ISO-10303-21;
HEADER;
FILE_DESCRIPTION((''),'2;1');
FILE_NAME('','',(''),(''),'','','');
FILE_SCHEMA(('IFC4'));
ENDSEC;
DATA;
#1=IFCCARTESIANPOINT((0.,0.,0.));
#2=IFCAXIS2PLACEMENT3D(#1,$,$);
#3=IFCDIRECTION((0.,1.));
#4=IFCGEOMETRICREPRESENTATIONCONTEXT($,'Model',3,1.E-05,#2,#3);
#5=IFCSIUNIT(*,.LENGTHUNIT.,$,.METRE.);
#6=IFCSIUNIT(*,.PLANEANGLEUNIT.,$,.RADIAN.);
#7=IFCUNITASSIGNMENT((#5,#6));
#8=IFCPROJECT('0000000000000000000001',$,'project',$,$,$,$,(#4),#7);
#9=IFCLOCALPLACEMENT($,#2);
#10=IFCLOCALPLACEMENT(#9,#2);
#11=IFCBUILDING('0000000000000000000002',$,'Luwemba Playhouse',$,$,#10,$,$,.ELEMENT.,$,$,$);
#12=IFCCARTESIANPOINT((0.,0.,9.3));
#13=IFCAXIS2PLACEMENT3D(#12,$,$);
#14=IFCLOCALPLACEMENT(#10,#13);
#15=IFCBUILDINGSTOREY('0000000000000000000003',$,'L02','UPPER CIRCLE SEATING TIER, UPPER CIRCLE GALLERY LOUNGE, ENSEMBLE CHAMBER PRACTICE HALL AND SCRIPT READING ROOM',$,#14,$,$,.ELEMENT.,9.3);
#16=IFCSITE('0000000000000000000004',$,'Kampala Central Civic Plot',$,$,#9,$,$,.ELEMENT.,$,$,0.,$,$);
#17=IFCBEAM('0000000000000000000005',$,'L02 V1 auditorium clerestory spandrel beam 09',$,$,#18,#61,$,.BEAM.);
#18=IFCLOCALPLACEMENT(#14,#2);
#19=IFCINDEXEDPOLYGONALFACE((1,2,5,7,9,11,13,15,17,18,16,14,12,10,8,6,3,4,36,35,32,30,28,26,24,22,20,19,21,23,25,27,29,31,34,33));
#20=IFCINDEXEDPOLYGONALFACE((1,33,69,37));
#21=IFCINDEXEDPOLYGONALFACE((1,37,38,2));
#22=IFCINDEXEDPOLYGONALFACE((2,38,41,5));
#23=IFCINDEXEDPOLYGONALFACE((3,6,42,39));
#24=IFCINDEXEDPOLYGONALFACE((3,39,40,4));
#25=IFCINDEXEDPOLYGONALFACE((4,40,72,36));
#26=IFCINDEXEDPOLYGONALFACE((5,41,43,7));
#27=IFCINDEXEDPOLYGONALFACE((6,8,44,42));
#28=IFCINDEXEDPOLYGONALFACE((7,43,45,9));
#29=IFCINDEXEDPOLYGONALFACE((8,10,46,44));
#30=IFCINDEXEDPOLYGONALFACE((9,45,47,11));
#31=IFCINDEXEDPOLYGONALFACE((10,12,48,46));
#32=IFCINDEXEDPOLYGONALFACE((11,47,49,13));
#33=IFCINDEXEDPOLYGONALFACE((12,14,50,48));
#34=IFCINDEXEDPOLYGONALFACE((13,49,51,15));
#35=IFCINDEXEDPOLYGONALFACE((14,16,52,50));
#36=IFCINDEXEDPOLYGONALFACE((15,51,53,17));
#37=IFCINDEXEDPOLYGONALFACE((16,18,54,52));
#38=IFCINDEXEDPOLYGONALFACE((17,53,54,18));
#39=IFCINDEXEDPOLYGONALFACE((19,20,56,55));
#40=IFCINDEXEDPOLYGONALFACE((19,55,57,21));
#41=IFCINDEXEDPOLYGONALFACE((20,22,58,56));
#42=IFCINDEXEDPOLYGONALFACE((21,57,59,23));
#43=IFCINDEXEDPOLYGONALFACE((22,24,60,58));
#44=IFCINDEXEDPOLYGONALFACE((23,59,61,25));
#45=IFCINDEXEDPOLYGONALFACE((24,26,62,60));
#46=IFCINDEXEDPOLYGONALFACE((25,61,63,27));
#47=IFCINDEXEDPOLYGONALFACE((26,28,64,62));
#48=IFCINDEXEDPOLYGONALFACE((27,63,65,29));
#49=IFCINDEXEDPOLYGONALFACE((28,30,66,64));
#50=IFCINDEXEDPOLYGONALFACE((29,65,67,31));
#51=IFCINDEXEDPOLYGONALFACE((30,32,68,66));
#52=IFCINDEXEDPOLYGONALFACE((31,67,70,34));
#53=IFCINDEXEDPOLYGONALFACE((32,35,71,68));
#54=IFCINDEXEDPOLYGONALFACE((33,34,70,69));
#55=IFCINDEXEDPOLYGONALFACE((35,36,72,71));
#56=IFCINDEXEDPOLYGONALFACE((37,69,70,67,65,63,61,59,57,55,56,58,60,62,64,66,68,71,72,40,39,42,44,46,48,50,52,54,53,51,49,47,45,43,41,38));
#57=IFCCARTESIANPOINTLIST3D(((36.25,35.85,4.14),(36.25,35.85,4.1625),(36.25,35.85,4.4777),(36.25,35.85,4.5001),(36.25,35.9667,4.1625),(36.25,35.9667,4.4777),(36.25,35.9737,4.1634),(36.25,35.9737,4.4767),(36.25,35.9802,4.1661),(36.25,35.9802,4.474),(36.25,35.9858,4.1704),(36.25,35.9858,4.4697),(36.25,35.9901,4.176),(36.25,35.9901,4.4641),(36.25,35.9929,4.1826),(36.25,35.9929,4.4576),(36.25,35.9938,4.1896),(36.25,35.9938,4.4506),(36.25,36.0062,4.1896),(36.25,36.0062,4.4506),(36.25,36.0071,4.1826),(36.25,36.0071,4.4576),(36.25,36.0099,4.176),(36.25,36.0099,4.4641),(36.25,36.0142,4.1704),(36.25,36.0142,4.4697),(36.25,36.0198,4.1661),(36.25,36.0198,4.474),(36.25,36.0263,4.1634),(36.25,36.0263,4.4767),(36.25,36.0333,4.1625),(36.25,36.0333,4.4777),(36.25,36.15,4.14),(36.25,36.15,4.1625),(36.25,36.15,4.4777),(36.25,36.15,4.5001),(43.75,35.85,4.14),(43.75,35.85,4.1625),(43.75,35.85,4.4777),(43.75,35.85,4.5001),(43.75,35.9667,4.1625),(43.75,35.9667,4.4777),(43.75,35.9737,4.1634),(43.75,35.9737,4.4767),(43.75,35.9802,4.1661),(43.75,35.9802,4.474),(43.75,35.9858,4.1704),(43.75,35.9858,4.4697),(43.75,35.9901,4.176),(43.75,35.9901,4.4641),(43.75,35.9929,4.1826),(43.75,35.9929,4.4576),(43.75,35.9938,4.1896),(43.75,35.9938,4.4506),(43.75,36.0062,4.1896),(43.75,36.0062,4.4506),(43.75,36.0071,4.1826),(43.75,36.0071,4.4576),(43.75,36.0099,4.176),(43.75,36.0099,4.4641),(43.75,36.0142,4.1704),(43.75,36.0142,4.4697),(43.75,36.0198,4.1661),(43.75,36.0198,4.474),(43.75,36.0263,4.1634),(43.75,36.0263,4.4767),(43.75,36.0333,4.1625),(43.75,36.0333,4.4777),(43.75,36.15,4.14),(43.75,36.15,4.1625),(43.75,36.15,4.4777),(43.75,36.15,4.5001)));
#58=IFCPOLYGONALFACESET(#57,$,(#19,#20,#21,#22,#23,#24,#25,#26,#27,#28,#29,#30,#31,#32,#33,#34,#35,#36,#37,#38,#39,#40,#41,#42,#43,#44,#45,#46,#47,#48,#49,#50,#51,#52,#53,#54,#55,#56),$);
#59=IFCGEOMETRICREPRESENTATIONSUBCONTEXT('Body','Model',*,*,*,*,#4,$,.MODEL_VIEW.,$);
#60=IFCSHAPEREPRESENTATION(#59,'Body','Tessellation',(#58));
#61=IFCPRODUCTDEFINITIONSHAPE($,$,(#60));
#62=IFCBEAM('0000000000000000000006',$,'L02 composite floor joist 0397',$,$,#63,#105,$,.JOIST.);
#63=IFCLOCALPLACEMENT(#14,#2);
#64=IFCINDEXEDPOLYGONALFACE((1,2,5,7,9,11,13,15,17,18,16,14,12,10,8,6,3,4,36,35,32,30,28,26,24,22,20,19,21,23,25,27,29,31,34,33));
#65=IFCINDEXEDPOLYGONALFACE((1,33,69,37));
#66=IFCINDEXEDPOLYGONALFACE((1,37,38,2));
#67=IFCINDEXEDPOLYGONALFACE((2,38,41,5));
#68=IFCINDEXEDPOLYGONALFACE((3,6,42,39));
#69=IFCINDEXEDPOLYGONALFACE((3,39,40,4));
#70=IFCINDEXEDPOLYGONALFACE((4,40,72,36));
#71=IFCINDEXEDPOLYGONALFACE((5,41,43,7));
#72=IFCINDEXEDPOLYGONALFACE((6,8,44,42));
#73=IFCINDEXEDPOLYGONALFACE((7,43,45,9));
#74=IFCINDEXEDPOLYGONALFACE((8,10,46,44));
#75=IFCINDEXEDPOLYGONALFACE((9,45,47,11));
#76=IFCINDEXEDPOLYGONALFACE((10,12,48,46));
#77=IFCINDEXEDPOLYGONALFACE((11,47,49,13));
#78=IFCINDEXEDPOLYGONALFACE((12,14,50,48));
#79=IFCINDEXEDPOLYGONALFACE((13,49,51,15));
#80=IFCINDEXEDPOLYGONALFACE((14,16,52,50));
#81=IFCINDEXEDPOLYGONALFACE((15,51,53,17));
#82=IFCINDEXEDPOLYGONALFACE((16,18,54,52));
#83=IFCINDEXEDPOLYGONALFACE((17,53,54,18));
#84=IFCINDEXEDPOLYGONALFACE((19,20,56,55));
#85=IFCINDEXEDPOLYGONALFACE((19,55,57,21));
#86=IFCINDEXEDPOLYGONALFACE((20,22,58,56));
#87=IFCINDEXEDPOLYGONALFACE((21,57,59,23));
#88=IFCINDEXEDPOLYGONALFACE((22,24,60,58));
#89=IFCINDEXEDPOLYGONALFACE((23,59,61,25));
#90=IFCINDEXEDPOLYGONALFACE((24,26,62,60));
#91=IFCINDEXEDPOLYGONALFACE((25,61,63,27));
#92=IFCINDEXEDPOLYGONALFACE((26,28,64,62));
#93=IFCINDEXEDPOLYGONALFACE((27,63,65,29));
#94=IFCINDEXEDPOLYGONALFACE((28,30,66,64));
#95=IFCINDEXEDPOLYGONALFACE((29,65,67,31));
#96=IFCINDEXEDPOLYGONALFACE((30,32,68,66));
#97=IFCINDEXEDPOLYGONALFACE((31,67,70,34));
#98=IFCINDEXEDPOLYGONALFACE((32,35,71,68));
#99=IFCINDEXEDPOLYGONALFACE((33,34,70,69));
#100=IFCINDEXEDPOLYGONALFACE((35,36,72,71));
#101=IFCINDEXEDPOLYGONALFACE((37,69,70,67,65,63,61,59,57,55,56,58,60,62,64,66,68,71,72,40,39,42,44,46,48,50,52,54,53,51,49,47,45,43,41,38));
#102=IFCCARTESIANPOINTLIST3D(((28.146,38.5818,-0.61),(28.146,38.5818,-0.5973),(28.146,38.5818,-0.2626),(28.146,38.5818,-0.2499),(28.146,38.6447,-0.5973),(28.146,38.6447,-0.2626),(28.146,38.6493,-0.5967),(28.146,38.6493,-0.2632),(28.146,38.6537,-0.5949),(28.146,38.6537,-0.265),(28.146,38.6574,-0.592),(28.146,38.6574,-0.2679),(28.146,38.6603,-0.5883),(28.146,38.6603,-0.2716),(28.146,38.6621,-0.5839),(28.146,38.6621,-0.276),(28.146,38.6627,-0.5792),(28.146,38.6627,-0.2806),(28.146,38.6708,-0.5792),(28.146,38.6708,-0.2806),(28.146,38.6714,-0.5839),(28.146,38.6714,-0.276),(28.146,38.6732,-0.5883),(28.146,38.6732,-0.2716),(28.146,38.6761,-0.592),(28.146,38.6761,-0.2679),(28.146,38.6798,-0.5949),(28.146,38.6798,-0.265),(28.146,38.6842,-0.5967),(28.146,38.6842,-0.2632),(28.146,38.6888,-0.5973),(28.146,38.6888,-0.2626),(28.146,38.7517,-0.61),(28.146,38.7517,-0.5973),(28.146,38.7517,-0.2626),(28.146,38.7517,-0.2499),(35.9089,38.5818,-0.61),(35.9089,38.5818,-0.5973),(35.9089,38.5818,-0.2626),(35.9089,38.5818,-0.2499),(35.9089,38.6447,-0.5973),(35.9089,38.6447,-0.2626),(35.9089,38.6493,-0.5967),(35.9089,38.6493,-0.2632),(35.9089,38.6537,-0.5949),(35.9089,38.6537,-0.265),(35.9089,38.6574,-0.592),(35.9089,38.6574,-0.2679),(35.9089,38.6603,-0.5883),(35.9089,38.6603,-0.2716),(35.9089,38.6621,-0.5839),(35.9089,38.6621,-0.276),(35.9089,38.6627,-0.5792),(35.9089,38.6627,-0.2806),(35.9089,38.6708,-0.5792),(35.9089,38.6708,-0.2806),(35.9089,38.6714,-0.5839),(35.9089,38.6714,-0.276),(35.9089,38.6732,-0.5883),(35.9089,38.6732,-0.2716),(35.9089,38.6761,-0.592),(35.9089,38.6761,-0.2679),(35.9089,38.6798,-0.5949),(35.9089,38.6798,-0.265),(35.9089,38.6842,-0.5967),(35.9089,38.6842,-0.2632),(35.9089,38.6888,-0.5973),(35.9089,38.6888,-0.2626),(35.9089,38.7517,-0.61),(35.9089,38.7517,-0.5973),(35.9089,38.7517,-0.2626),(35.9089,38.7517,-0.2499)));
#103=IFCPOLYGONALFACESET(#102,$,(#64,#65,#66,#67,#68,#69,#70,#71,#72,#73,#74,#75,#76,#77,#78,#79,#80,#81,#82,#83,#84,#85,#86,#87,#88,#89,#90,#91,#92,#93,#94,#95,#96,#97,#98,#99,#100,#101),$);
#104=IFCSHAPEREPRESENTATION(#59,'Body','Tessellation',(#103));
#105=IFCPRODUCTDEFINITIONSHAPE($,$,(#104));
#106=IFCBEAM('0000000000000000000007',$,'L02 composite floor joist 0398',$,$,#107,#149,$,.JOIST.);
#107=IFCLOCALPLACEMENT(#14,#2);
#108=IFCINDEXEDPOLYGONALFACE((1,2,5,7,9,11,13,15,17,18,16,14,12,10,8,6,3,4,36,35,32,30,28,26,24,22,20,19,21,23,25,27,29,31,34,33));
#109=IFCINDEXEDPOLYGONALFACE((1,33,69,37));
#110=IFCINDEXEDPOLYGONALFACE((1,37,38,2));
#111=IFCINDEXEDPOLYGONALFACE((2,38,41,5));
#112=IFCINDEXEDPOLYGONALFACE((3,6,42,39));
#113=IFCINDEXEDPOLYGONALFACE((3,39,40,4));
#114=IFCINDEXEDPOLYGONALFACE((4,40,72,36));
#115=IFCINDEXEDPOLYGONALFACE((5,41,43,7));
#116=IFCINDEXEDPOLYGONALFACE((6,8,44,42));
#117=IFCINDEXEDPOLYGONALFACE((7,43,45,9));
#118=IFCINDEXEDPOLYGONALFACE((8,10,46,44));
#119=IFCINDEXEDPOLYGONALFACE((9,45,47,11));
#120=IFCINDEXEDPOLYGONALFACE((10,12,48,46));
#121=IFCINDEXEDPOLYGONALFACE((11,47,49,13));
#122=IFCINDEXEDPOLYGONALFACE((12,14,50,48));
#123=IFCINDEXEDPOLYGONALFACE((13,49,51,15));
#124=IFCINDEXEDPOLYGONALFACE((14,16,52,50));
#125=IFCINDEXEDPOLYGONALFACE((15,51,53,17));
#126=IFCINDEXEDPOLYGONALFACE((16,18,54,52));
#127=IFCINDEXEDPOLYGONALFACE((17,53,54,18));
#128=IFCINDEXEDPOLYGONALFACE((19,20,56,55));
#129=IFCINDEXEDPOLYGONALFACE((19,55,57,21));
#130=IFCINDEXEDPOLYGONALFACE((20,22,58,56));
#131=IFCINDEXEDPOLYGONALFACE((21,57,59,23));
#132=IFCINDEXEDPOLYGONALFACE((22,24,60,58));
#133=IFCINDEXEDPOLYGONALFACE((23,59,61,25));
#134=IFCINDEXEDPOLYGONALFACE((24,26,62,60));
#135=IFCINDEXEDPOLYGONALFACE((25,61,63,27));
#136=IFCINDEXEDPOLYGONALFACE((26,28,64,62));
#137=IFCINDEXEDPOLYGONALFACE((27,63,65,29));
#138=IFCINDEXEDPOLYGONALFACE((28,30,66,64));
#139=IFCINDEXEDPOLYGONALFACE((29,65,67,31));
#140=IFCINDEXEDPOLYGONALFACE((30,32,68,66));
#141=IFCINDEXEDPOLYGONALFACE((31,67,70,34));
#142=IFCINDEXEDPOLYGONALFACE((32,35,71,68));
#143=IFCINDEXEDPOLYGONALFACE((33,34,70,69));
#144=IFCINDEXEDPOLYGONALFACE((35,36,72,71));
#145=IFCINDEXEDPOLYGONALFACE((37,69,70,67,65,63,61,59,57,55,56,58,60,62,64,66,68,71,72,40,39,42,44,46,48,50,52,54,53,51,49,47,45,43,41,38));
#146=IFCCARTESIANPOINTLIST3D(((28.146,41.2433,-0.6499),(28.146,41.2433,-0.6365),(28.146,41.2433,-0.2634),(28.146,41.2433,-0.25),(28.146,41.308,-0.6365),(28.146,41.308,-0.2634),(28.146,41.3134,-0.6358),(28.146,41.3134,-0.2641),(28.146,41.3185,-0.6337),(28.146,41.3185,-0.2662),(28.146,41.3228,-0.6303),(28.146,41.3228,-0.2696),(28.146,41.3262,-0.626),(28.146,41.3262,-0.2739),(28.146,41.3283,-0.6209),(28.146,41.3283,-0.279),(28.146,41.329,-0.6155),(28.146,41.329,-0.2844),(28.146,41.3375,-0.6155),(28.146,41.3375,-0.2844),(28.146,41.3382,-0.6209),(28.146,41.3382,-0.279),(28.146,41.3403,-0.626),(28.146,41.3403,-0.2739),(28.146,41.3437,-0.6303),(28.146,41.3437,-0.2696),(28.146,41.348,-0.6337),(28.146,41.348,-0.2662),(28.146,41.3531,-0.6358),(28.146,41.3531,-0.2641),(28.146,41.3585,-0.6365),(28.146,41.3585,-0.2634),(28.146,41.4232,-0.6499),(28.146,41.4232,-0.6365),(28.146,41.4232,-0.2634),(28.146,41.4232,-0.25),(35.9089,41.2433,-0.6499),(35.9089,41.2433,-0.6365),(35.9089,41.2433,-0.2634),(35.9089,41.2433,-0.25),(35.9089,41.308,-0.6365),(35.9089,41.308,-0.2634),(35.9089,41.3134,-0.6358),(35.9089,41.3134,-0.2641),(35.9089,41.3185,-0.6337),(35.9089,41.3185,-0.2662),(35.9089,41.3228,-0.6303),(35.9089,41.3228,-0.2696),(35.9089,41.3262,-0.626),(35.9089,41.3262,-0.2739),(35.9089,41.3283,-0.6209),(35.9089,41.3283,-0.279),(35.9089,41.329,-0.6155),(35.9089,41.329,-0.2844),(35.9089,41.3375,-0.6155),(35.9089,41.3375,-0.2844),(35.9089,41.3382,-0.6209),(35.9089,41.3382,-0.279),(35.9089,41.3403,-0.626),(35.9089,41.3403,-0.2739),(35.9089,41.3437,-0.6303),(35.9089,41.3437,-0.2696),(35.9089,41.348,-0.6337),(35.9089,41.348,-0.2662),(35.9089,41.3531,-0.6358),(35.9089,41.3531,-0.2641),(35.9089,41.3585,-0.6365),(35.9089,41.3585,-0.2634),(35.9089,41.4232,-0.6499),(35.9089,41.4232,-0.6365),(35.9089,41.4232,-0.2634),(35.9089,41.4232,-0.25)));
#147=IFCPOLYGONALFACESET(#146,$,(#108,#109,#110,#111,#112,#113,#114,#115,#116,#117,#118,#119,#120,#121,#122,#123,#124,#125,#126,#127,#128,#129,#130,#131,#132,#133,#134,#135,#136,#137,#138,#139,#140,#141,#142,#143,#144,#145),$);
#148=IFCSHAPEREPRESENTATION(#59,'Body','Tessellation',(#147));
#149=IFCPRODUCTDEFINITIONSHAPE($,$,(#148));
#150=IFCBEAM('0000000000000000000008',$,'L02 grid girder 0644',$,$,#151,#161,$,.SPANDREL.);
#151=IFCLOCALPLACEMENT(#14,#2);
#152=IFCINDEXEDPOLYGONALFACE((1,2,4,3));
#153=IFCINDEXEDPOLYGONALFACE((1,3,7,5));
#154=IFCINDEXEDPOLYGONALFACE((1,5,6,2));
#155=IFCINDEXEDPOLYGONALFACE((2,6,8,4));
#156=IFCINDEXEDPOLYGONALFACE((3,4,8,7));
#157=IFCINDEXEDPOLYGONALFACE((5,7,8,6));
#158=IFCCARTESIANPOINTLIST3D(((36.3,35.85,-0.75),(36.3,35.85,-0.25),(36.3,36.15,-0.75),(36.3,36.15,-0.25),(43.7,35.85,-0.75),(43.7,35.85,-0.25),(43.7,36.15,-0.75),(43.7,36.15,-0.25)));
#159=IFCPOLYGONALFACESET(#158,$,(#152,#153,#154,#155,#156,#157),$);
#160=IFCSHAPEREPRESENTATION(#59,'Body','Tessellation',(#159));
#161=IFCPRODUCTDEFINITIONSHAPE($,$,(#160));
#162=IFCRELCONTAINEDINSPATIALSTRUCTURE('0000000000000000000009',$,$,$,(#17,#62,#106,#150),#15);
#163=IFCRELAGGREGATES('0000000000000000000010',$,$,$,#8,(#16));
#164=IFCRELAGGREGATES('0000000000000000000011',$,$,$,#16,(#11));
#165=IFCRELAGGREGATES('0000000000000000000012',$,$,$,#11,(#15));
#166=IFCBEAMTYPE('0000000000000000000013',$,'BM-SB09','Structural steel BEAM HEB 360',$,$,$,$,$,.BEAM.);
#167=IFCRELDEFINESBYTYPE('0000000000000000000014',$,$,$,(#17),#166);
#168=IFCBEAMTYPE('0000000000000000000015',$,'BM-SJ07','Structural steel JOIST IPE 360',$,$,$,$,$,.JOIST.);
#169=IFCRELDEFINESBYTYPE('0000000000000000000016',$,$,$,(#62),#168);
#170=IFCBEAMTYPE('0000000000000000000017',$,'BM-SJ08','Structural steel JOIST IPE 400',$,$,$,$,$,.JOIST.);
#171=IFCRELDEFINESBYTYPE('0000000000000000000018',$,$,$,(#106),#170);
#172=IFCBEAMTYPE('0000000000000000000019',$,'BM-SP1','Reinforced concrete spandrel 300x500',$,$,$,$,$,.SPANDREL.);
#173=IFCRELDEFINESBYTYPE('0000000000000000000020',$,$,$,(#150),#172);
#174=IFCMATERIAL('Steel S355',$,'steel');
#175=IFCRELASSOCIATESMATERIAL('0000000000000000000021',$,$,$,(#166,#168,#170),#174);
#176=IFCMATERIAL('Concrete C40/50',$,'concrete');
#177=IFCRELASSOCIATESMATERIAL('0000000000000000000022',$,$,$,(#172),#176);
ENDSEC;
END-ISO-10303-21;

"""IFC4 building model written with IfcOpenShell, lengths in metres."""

from ifc_helpers import new_model, si_unit, direction, frame, origin, origin_2d, place, context, subcontext, project, spatial, rectangle, i_section, extrude, material, material_profile, profile_set, type_object, element, save


model = new_model("IFC4")

# Units and contexts
model_context = context("Model", 3, precision=1e-05, world=origin(), true_north=direction((0.0, 1.0)))
body_context = subcontext(model_context, "Body", "Model", "MODEL_VIEW")
ifc_project = project(units=[si_unit("LENGTHUNIT", "METRE"), si_unit("PLANEANGLEUNIT", "RADIAN")], contexts=[model_context])

# Site, building, storey
site_placement = place(None, origin())
site = spatial("IfcSite", under=ifc_project, at=site_placement, Name="Kampala Central Civic Plot", CompositionType="ELEMENT", RefElevation=0.0)
building_placement = place(site_placement, origin())
building = spatial("IfcBuilding", under=site, at=building_placement, Name="Luwemba Playhouse", CompositionType="ELEMENT")
storey_placement = place(building_placement, frame((0.0, 0.0, 9.3)))
storey = spatial("IfcBuildingStorey", under=building, at=storey_placement, Name="L02", Description="UPPER CIRCLE SEATING TIER, UPPER CIRCLE GALLERY LOUNGE, ENSEMBLE CHAMBER PRACTICE HALL AND SCRIPT READING ROOM", CompositionType="ELEMENT", Elevation=9.3)

# Shared definitions
ifc_material_1 = material(Name="Concrete C40/50", Category="concrete")

# Beams
ifc_material_2 = material(Name="Steel S355", Category="steel")
ifc_material_profile_1 = material_profile(ifc_material_2, i_section(OverallWidth=0.3, OverallDepth=0.3601, WebThickness=0.0125, FlangeThickness=0.0225, FilletRadius=0.0271, at=origin_2d()))
ifc_profile_set_1 = profile_set([ifc_material_profile_1], Name="Steel S355")
beam_type_1 = type_object("IfcBeamType", Name="BM-SB09", Description="Structural steel BEAM HEB 360", PredefinedType="BEAM", material=ifc_profile_set_1)
beam_1_placement = place(storey_placement, frame((36.25, 36.0, 4.3201), z_axis=(1.0, 0.0, 0.0), x_axis=(0.0, 1.0, 0.0)))
element("IfcBeam", 1, at=beam_1_placement, inside=storey, type_object=beam_type_1, Name="L02 V1 auditorium clerestory spandrel beam 09", PredefinedType="BEAM", context=body_context, shape_type="SweptSolid", body=[
    extrude(i_section(OverallWidth=0.3, OverallDepth=0.3601, WebThickness=0.0125, FlangeThickness=0.0225, FilletRadius=0.0271, at=origin_2d()), origin(), (0.0, 0.0, 1.0), 7.5),
])
ifc_material_profile_2 = material_profile(ifc_material_2, i_section(OverallWidth=0.1699, OverallDepth=0.3601, WebThickness=0.0081, FlangeThickness=0.0127, FilletRadius=0.0181, at=origin_2d()))
ifc_profile_set_2 = profile_set([ifc_material_profile_2], Name="Steel S355")
beam_type_2 = type_object("IfcBeamType", Name="BM-SJ07", Description="Structural steel JOIST IPE 360", PredefinedType="JOIST", material=ifc_profile_set_2)
beam_2_placement = place(storey_placement, frame((28.146, 38.6667, -0.4299), z_axis=(1.0, 0.0, 0.0), x_axis=(0.0, 1.0, 0.0)))
element("IfcBeam", 2, at=beam_2_placement, inside=storey, type_object=beam_type_2, Name="L02 composite floor joist 0397", PredefinedType="JOIST", context=body_context, shape_type="SweptSolid", body=[
    extrude(i_section(OverallWidth=0.1699, OverallDepth=0.3601, WebThickness=0.0081, FlangeThickness=0.0127, FilletRadius=0.0181, at=origin_2d()), origin(), (0.0, 0.0, 1.0), 7.7629),
])
ifc_material_profile_3 = material_profile(ifc_material_2, i_section(OverallWidth=0.1799, OverallDepth=0.3999, WebThickness=0.0085, FlangeThickness=0.0134, FilletRadius=0.021, at=origin_2d()))
ifc_profile_set_3 = profile_set([ifc_material_profile_3], Name="Steel S355")
beam_type_3 = type_object("IfcBeamType", Name="BM-SJ08", Description="Structural steel JOIST IPE 400", PredefinedType="JOIST", material=ifc_profile_set_3)
beam_3_placement = place(storey_placement, frame((28.146, 41.3333, -0.45), z_axis=(1.0, 0.0, 0.0), x_axis=(0.0, 1.0, 0.0)))
element("IfcBeam", 3, at=beam_3_placement, inside=storey, type_object=beam_type_3, Name="L02 composite floor joist 0398", PredefinedType="JOIST", context=body_context, shape_type="SweptSolid", body=[
    extrude(i_section(OverallWidth=0.1799, OverallDepth=0.3999, WebThickness=0.0085, FlangeThickness=0.0134, FilletRadius=0.021, at=origin_2d()), origin(), (0.0, 0.0, 1.0), 7.7629),
])
ifc_material_profile_4 = material_profile(ifc_material_1, rectangle(XDim=0.3, YDim=0.5, at=origin_2d()))
ifc_profile_set_4 = profile_set([ifc_material_profile_4], Name="Concrete C40/50")
beam_type_4 = type_object("IfcBeamType", Name="BM-SP1", Description="Reinforced concrete spandrel 300x500", PredefinedType="SPANDREL", material=ifc_profile_set_4)
beam_4_placement = place(storey_placement, frame((36.3, 36.0, -0.5), z_axis=(1.0, 0.0, 0.0), x_axis=(0.0, 1.0, 0.0)))
element("IfcBeam", 4, at=beam_4_placement, inside=storey, type_object=beam_type_4, Name="L02 grid girder 0644", PredefinedType="SPANDREL", context=body_context, shape_type="SweptSolid", body=[
    extrude(rectangle(XDim=0.3, YDim=0.5, at=origin_2d()), origin(), (0.0, 0.0, 1.0), 7.3999),
])

save(model, "model.ifc")
